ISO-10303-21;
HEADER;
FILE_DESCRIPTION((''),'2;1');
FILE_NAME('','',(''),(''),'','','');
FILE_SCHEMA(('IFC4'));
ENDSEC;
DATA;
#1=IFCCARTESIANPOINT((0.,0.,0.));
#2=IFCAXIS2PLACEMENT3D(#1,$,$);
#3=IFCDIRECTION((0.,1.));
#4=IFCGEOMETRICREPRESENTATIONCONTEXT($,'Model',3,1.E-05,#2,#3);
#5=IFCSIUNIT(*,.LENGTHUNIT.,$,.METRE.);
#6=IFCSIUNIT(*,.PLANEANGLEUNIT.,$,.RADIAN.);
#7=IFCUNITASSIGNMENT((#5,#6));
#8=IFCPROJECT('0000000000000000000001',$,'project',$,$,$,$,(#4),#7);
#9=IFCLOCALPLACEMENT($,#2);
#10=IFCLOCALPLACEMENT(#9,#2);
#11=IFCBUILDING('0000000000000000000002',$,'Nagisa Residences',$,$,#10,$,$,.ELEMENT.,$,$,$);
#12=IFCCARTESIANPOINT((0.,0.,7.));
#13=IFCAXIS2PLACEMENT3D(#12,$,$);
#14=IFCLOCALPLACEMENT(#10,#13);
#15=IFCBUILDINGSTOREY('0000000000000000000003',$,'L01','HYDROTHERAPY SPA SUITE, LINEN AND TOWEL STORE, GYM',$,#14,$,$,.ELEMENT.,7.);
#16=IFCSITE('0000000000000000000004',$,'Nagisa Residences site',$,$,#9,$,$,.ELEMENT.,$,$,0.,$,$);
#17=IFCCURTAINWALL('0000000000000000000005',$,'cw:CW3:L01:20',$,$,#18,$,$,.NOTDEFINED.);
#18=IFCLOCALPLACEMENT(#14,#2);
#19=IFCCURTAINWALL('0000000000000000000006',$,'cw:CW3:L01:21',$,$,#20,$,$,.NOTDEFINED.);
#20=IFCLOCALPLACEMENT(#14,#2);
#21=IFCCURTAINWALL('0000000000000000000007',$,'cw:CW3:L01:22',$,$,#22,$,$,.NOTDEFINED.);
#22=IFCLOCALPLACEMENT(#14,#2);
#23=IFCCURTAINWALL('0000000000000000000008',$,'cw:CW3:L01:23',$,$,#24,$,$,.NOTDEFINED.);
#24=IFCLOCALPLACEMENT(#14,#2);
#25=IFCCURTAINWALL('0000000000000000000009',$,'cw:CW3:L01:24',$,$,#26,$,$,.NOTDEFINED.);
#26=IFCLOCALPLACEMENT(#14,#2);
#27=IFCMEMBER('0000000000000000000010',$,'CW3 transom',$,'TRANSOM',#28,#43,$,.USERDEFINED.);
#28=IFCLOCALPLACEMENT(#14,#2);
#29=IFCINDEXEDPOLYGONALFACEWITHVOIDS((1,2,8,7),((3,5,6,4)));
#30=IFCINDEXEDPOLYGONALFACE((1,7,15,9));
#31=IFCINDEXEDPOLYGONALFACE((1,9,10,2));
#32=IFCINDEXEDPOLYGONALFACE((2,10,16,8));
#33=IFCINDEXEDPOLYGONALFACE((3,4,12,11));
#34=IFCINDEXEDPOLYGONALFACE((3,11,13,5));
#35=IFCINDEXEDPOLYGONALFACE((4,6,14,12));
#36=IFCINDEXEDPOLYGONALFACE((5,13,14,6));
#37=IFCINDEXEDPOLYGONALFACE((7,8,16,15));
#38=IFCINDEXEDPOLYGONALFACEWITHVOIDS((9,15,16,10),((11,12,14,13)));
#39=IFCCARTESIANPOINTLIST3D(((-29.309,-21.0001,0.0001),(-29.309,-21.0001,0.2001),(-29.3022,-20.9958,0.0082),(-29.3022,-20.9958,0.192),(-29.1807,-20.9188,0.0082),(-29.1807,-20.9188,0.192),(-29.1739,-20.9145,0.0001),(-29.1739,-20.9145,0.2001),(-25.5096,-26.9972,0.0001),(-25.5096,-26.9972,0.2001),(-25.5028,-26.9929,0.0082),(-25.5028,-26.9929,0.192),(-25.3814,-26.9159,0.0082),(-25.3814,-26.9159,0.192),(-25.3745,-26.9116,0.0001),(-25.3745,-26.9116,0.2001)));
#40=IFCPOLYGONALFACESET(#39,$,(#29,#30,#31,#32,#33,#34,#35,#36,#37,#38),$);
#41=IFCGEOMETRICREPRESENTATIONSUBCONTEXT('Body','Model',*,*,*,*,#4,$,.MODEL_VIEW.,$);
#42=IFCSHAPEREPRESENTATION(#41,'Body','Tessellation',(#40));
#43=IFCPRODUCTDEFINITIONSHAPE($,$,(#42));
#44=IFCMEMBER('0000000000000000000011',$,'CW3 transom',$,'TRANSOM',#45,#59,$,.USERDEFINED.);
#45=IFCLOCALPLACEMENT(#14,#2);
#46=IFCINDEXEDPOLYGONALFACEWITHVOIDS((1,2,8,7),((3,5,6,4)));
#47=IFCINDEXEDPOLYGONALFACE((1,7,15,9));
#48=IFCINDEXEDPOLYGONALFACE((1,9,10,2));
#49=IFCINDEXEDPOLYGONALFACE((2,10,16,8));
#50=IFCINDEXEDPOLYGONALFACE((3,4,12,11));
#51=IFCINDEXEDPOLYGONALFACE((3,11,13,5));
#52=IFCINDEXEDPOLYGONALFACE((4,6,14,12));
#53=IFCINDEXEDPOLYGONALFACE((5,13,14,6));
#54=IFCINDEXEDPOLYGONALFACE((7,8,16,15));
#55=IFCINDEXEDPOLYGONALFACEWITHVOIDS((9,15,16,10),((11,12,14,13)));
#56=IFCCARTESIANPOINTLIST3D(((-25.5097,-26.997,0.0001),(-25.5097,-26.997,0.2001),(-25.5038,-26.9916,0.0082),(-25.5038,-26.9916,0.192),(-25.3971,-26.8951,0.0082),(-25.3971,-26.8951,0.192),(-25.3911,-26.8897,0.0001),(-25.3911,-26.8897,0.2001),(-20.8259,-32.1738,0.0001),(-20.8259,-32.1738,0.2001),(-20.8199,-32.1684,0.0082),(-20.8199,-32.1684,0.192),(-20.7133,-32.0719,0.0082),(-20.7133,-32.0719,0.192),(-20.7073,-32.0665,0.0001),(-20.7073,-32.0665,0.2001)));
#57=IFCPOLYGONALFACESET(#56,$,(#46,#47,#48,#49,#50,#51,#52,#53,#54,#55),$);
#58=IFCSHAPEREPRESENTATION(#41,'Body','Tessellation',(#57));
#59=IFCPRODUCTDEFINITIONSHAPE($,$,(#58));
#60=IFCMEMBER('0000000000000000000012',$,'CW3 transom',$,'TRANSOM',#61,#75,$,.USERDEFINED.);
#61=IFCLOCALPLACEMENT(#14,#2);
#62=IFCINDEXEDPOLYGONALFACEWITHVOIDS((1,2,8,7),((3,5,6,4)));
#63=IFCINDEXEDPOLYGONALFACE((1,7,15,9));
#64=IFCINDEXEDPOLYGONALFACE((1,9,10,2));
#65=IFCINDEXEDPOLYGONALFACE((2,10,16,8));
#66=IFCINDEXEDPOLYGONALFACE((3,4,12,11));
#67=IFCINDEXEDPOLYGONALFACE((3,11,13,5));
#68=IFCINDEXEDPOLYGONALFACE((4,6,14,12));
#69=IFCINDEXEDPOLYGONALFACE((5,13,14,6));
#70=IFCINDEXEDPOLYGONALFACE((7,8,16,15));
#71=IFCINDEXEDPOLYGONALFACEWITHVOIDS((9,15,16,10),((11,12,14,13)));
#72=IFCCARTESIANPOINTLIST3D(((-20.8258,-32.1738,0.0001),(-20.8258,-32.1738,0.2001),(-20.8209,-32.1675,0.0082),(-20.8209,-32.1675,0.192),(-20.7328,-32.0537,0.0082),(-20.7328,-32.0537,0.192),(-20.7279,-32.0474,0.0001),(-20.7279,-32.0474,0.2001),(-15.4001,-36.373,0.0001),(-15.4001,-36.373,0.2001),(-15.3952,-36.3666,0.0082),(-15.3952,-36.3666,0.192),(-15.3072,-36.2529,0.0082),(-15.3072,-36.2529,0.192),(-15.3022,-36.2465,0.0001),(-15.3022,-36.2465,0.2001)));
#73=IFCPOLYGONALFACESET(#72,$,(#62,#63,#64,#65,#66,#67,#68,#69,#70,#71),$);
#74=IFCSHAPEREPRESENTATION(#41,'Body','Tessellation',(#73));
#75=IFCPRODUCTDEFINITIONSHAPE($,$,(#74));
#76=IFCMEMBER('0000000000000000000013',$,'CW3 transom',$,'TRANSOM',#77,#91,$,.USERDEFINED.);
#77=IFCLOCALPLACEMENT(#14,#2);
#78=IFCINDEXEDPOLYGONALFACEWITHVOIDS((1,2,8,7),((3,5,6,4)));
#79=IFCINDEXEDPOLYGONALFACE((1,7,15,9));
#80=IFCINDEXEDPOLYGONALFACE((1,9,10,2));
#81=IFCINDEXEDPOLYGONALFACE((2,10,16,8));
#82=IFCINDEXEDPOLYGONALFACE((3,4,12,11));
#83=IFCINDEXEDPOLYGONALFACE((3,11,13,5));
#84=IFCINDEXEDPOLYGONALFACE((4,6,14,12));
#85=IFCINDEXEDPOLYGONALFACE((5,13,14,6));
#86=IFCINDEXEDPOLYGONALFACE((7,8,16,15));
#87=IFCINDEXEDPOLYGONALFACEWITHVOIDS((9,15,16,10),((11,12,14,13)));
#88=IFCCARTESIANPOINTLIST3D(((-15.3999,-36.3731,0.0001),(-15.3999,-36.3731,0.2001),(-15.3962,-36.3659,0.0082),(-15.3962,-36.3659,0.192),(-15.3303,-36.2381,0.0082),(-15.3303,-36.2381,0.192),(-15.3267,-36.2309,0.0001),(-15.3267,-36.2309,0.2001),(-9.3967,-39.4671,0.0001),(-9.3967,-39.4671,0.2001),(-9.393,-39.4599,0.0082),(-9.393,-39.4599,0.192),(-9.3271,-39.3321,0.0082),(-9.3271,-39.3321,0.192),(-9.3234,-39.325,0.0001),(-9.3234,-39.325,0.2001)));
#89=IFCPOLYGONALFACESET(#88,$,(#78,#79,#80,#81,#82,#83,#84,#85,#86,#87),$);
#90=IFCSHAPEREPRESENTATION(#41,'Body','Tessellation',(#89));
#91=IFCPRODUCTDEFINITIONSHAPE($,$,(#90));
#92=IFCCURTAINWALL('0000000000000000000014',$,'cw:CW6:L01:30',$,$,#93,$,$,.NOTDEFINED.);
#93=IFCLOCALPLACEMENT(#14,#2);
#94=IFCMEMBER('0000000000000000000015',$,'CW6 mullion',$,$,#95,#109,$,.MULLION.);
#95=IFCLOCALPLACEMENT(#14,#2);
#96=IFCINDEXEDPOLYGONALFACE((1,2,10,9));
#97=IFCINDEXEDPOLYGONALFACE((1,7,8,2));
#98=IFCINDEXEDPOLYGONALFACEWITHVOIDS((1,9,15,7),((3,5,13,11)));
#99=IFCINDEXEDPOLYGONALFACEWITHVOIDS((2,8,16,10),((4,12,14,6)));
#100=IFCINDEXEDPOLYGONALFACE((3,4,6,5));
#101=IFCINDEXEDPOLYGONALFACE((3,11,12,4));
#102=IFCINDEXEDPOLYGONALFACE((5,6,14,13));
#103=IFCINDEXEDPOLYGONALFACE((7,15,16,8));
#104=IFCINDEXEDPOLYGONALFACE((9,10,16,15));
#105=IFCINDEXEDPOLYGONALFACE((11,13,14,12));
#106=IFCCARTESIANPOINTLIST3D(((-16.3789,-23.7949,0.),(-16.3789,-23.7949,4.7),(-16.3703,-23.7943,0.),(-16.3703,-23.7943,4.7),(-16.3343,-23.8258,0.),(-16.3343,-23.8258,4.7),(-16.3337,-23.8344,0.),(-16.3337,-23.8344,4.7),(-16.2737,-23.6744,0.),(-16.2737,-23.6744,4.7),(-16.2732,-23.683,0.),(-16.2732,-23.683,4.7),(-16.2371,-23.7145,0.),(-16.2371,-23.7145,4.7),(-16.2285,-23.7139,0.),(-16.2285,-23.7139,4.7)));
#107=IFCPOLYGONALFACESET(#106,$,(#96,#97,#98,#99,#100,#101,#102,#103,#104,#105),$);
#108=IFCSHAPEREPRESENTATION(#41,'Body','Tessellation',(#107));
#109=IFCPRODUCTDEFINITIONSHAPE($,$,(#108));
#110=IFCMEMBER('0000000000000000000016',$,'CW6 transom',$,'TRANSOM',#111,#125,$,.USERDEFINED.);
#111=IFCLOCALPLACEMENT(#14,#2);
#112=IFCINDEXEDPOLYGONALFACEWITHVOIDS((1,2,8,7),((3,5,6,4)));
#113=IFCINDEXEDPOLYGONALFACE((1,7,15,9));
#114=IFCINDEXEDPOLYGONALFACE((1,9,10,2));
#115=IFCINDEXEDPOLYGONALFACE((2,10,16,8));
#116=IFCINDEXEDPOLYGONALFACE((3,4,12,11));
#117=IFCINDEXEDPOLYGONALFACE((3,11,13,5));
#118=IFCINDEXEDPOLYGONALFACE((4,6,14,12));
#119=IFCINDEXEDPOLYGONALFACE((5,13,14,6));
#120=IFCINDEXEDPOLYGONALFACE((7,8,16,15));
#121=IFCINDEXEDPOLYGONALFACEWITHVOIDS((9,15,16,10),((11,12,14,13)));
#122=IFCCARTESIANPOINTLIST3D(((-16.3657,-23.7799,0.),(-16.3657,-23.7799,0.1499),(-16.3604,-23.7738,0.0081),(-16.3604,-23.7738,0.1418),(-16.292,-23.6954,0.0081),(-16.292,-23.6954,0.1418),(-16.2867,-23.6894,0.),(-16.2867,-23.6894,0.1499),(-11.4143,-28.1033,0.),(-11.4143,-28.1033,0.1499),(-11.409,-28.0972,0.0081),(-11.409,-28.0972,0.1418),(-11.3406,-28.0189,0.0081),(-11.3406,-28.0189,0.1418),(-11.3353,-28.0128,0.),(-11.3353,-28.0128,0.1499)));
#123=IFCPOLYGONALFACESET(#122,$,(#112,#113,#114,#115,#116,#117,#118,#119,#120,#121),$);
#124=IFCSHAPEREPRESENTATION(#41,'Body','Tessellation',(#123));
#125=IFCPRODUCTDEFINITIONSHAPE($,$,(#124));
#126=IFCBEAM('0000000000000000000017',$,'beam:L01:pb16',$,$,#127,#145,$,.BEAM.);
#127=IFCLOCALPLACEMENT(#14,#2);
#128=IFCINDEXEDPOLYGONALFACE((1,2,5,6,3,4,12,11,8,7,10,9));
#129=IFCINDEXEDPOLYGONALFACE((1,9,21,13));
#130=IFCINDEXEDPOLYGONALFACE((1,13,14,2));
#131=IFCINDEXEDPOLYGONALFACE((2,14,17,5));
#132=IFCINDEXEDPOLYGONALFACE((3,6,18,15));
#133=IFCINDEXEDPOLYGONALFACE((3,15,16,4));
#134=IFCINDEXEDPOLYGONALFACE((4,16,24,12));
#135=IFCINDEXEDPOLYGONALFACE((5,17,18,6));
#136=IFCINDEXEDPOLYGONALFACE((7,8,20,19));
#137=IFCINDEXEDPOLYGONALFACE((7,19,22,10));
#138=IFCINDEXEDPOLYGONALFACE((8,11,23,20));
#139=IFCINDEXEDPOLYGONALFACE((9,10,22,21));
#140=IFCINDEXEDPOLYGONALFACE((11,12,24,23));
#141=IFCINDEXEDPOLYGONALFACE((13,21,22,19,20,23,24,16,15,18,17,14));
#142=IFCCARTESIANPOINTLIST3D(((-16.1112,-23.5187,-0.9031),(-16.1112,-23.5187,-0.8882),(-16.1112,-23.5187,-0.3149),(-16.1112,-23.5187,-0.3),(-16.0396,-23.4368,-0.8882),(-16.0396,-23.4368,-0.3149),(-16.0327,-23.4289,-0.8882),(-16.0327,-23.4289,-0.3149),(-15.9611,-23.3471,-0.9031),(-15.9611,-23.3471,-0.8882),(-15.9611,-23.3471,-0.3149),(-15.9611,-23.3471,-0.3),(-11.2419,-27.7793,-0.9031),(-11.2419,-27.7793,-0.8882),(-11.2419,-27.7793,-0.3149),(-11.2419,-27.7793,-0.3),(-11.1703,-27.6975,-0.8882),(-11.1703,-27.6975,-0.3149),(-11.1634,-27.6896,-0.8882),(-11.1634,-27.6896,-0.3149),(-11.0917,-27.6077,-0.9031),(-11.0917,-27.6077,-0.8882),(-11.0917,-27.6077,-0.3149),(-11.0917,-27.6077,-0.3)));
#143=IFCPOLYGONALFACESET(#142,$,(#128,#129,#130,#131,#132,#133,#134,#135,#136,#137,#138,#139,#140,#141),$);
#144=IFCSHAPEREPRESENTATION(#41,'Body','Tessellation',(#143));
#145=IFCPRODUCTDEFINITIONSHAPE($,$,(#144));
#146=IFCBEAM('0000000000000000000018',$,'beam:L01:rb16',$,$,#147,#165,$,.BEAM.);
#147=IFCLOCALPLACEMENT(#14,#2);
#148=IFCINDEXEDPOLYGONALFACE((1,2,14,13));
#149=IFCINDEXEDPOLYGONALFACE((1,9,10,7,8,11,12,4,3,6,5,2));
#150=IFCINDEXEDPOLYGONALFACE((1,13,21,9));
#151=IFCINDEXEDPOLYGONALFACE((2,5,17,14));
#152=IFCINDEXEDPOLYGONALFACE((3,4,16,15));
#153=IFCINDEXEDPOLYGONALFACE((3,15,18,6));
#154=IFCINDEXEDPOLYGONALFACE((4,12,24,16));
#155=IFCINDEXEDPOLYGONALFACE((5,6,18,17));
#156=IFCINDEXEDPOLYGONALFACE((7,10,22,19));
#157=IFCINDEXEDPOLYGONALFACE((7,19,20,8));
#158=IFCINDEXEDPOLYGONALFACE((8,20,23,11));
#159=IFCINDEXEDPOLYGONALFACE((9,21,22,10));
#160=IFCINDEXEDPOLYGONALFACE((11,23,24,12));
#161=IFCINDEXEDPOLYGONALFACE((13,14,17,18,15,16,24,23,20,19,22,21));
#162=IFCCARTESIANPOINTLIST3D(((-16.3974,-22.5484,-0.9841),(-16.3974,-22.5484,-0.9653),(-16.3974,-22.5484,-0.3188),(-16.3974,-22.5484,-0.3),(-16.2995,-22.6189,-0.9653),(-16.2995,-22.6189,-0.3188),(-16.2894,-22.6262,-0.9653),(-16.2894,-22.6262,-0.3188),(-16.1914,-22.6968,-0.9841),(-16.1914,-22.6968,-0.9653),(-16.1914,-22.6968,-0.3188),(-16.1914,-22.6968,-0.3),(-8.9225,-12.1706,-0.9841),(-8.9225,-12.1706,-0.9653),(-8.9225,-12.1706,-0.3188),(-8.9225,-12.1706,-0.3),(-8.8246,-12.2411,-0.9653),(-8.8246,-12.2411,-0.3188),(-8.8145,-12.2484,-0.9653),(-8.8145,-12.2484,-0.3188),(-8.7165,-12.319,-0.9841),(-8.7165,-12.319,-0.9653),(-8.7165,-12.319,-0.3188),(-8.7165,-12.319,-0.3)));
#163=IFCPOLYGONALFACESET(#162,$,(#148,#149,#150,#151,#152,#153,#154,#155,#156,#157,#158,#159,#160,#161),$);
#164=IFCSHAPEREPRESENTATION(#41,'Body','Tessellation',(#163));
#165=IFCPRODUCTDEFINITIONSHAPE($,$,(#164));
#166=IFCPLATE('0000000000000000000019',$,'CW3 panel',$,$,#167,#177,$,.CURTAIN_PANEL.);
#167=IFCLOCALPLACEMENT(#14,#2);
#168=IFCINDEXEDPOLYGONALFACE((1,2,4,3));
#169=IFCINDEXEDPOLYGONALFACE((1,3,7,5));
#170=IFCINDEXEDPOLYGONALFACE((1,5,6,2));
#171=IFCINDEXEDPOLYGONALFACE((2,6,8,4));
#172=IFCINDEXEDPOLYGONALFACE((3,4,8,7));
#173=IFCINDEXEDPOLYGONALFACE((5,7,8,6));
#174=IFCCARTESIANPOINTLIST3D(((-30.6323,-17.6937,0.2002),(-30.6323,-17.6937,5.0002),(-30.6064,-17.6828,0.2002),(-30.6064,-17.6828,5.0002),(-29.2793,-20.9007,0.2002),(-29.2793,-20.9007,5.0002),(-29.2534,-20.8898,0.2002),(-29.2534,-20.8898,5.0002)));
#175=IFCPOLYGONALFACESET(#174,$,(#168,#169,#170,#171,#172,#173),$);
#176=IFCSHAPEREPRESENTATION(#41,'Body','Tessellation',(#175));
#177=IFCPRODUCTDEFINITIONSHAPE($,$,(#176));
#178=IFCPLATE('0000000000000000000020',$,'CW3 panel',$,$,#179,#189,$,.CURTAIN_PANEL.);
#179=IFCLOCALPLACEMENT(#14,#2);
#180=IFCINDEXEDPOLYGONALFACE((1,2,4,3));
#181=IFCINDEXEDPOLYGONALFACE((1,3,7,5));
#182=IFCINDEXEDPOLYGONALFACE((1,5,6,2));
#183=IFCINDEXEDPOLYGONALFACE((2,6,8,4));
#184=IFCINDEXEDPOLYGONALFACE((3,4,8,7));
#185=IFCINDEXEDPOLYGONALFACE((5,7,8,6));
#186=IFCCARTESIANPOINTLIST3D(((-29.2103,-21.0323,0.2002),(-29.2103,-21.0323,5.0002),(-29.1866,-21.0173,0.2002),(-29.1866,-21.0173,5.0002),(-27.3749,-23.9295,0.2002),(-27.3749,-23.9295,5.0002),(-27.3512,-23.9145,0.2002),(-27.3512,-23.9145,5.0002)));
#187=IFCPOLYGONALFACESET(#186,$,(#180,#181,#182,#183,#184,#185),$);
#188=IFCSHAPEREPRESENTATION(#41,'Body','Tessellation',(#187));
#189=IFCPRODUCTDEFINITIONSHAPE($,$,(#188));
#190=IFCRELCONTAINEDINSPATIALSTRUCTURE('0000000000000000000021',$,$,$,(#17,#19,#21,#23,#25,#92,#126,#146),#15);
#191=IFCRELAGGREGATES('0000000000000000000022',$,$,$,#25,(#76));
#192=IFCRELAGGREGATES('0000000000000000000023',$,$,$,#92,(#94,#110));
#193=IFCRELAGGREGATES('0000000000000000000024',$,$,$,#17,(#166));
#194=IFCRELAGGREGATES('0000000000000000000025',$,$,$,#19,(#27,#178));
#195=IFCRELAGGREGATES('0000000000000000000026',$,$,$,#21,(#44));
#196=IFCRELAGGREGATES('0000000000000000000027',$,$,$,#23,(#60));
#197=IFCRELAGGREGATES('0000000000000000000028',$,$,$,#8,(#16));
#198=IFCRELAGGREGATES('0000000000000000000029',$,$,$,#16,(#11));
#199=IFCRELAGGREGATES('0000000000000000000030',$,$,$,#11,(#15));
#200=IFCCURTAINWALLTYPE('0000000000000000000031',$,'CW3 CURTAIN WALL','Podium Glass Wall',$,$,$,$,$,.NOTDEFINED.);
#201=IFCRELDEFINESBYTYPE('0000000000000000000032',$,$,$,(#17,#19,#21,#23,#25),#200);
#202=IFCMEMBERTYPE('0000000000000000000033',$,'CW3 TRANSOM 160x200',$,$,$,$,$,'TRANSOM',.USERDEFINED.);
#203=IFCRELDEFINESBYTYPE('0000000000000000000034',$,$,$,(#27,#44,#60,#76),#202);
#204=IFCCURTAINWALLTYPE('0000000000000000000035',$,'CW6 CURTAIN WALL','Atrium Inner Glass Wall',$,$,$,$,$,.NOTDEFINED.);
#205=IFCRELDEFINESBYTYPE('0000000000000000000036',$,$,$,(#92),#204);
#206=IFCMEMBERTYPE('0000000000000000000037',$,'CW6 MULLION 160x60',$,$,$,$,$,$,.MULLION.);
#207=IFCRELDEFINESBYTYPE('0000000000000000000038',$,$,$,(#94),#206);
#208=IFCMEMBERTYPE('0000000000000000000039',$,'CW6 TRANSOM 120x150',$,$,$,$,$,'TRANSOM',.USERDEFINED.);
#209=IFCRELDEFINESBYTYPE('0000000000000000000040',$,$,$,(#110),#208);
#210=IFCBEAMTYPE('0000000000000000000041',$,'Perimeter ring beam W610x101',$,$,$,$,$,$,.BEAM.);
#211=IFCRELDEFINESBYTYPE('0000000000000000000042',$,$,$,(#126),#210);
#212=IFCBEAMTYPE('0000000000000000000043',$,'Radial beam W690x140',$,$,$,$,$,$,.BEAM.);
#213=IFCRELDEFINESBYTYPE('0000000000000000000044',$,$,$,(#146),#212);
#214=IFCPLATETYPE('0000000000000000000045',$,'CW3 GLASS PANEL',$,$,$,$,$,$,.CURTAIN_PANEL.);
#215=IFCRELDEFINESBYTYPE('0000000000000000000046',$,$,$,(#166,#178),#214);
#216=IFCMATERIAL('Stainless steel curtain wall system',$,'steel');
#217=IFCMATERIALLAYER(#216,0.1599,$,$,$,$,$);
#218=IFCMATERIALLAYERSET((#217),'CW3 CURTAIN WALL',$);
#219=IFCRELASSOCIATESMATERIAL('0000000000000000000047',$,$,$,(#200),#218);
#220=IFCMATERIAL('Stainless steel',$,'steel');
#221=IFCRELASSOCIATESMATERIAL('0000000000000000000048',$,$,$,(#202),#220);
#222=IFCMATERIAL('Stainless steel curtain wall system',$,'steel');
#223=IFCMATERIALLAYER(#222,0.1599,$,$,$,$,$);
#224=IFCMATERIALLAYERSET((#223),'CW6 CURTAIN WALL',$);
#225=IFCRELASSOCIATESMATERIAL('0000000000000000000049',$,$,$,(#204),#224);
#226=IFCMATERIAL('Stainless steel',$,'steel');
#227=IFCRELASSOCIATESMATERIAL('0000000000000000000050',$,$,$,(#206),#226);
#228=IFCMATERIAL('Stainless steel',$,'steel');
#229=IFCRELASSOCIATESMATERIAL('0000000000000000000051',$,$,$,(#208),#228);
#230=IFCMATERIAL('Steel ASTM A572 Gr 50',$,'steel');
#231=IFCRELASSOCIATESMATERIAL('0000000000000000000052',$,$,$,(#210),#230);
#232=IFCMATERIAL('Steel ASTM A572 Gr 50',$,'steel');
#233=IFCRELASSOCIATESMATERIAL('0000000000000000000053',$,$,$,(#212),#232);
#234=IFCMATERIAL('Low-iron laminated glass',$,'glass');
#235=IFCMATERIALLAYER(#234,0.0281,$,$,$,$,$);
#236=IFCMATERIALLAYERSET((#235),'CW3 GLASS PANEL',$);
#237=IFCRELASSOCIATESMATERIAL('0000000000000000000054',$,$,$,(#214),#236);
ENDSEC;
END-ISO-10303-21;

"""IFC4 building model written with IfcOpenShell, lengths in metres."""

from ifc_helpers import new_model, si_unit, direction, frame, origin, origin_2d, place, context, subcontext, project, spatial, rectangle, hollow_rectangle, i_section, extrude, material, layer, layer_set, material_profile, profile_set, type_object, element, aggregate, save


model = new_model("IFC4")

# Units and contexts
model_context = context("Model", 3, precision=1e-05, world=origin(), true_north=direction((0.0, 1.0)))
body_context = subcontext(model_context, "Body", "Model", "MODEL_VIEW")
ifc_project = project(units=[si_unit("LENGTHUNIT", "METRE"), si_unit("PLANEANGLEUNIT", "RADIAN")], contexts=[model_context])

# Site, building, storey
site_placement = place(None, origin())
site = spatial("IfcSite", under=ifc_project, at=site_placement, Name="Nagisa Residences site", CompositionType="ELEMENT", RefElevation=0.0)
building_placement = place(site_placement, origin())
building = spatial("IfcBuilding", under=site, at=building_placement, Name="Nagisa Residences", CompositionType="ELEMENT")
storey_placement = place(building_placement, frame((0.0, 0.0, 7.0)))
storey = spatial("IfcBuildingStorey", under=building, at=storey_placement, Name="L01", Description="HYDROTHERAPY SPA SUITE, LINEN AND TOWEL STORE, GYM", CompositionType="ELEMENT", Elevation=7.0)

# Curtain walls
ifc_material_1 = material(Name="Stainless steel curtain wall system", Category="steel")
ifc_layer_1 = layer(ifc_material_1, 0.1599)
ifc_layer_set_1 = layer_set([ifc_layer_1], Name="CW3 CURTAIN WALL")
curtain_wall_type_1 = type_object("IfcCurtainWallType", Name="CW3 CURTAIN WALL", Description="Podium Glass Wall", PredefinedType="NOTDEFINED", material=ifc_layer_set_1)
curtain_wall_1_placement = place(storey_placement, origin())
curtain_wall_1 = element("IfcCurtainWall", 1, at=curtain_wall_1_placement, inside=storey, type_object=curtain_wall_type_1, Name="cw:CW3:L01:20", PredefinedType="NOTDEFINED")
curtain_wall_2_placement = place(storey_placement, origin())
curtain_wall_2 = element("IfcCurtainWall", 2, at=curtain_wall_2_placement, inside=storey, type_object=curtain_wall_type_1, Name="cw:CW3:L01:21", PredefinedType="NOTDEFINED")
curtain_wall_3_placement = place(storey_placement, origin())
curtain_wall_3 = element("IfcCurtainWall", 3, at=curtain_wall_3_placement, inside=storey, type_object=curtain_wall_type_1, Name="cw:CW3:L01:22", PredefinedType="NOTDEFINED")
curtain_wall_4_placement = place(storey_placement, origin())
curtain_wall_4 = element("IfcCurtainWall", 4, at=curtain_wall_4_placement, inside=storey, type_object=curtain_wall_type_1, Name="cw:CW3:L01:23", PredefinedType="NOTDEFINED")

# Curtain wall
curtain_wall_5_placement = place(storey_placement, origin())
curtain_wall_5 = element("IfcCurtainWall", 5, at=curtain_wall_5_placement, inside=storey, type_object=curtain_wall_type_1, Name="cw:CW3:L01:24", PredefinedType="NOTDEFINED")

# Members
ifc_material_2 = material(Name="Stainless steel", Category="steel")
ifc_material_profile_1 = material_profile(ifc_material_2, hollow_rectangle(XDim=0.1599, YDim=0.2, WallThickness=0.0081, at=origin_2d()), Name="CW3 TRANSOM 160x200")
ifc_profile_set_1 = profile_set([ifc_material_profile_1], Name="Stainless steel")
member_type_1 = type_object("IfcMemberType", Name="CW3 TRANSOM 160x200", ElementType="TRANSOM", PredefinedType="USERDEFINED", material=ifc_profile_set_1)
member_1_placement = place(storey_placement, frame((-29.2415, -20.9573, 0.1001), z_axis=(0.53517, -0.844744, 0.0), x_axis=(0.844744, 0.53517, 0.0)))
member_1 = element("IfcMember", 6, at=member_1_placement, type_object=member_type_1, Name="CW3 transom", ObjectType="TRANSOM", PredefinedType="USERDEFINED", context=body_context, shape_type="SweptSolid", body=[
    extrude(hollow_rectangle(XDim=0.1599, YDim=0.2, WallThickness=0.0081, at=origin_2d()), origin(), (0.0, 0.0, 1.0), 7.0994),
])
member_2_placement = place(storey_placement, frame((-25.4504, -26.9434, 0.1001), z_axis=(0.670922, -0.741528, 0.0), x_axis=(0.741528, 0.670922, 0.0)))
member_2 = element("IfcMember", 7, at=member_2_placement, type_object=member_type_1, Name="CW3 transom", ObjectType="TRANSOM", PredefinedType="USERDEFINED", context=body_context, shape_type="SweptSolid", body=[
    extrude(hollow_rectangle(XDim=0.1599, YDim=0.2, WallThickness=0.0081, at=origin_2d()), origin(), (0.0, 0.0, 1.0), 6.9812),
])
member_3_placement = place(storey_placement, frame((-20.7769, -32.1106, 0.1001), z_axis=(0.790821, -0.612047, 0.0), x_axis=(0.612047, 0.790821, 0.0)))
member_3 = element("IfcMember", 8, at=member_3_placement, type_object=member_type_1, Name="CW3 transom", ObjectType="TRANSOM", PredefinedType="USERDEFINED", context=body_context, shape_type="SweptSolid", body=[
    extrude(hollow_rectangle(XDim=0.1599, YDim=0.2, WallThickness=0.0081, at=origin_2d()), origin(), (0.0, 0.0, 1.0), 6.8608),
])
member_4_placement = place(storey_placement, frame((-15.3633, -36.302, 0.1001), z_axis=(0.888887, -0.458126, 0.0), x_axis=(0.458126, 0.888887, 0.0)))
member_4 = element("IfcMember", 9, at=member_4_placement, type_object=member_type_1, Name="CW3 transom", ObjectType="TRANSOM", PredefinedType="USERDEFINED", context=body_context, shape_type="SweptSolid", body=[
    extrude(hollow_rectangle(XDim=0.1599, YDim=0.2, WallThickness=0.0081, at=origin_2d()), origin(), (0.0, 0.0, 1.0), 6.7537),
])
aggregate(curtain_wall_5, [member_4])

# Curtain wall, members
ifc_material_3 = material(Name="Stainless steel curtain wall system", Category="steel")
ifc_layer_2 = layer(ifc_material_3, 0.1599)
ifc_layer_set_2 = layer_set([ifc_layer_2], Name="CW6 CURTAIN WALL")
curtain_wall_type_2 = type_object("IfcCurtainWallType", Name="CW6 CURTAIN WALL", Description="Atrium Inner Glass Wall", PredefinedType="NOTDEFINED", material=ifc_layer_set_2)
curtain_wall_6_placement = place(storey_placement, origin())
curtain_wall_6 = element("IfcCurtainWall", 10, at=curtain_wall_6_placement, inside=storey, type_object=curtain_wall_type_2, Name="cw:CW6:L01:30", PredefinedType="NOTDEFINED")
ifc_material_4 = material(Name="Stainless steel", Category="steel")
ifc_material_profile_2 = material_profile(ifc_material_4, hollow_rectangle(XDim=0.1599, YDim=0.0601, WallThickness=0.0061, at=origin_2d()), Name="CW6 MULLION 160x60")
ifc_profile_set_2 = profile_set([ifc_material_profile_2], Name="Stainless steel")
member_type_2 = type_object("IfcMemberType", Name="CW6 MULLION 160x60", PredefinedType="MULLION", material=ifc_profile_set_2)
member_5_placement = place(storey_placement, frame((-16.3037, -23.7544, 0.0), z_axis=(0.0, 0.0, 1.0), x_axis=(0.657721, 0.753261, 0.0)))
member_5 = element("IfcMember", 11, at=member_5_placement, type_object=member_type_2, Name="CW6 mullion", PredefinedType="MULLION", context=body_context, shape_type="SweptSolid", body=[
    extrude(hollow_rectangle(XDim=0.1599, YDim=0.0601, WallThickness=0.0061, at=origin_2d()), origin(), (0.0, 0.0, 1.0), 4.7),
])
ifc_material_5 = material(Name="Stainless steel", Category="steel")
ifc_material_profile_3 = material_profile(ifc_material_5, hollow_rectangle(XDim=0.1201, YDim=0.1499, WallThickness=0.0081, at=origin_2d()), Name="CW6 TRANSOM 120x150")
ifc_profile_set_3 = profile_set([ifc_material_profile_3], Name="Stainless steel")
member_type_3 = type_object("IfcMemberType", Name="CW6 TRANSOM 120x150", ElementType="TRANSOM", PredefinedType="USERDEFINED", material=ifc_profile_set_3)
member_6_placement = place(storey_placement, frame((-16.3262, -23.7346, 0.075), z_axis=(0.753255, -0.657729, 0.0), x_axis=(0.657729, 0.753255, 0.0)))
member_6 = element("IfcMember", 12, at=member_6_placement, type_object=member_type_3, Name="CW6 transom", ObjectType="TRANSOM", PredefinedType="USERDEFINED", context=body_context, shape_type="SweptSolid", body=[
    extrude(hollow_rectangle(XDim=0.1201, YDim=0.1499, WallThickness=0.0081, at=origin_2d()), origin(), (0.0, 0.0, 1.0), 6.5732),
])
aggregate(curtain_wall_6, [member_5, member_6])

# Beams
ifc_material_6 = material(Name="Steel ASTM A572 Gr 50", Category="steel")
ifc_material_profile_4 = material_profile(ifc_material_6, i_section(OverallWidth=0.228, OverallDepth=0.603, WebThickness=0.0105, FlangeThickness=0.0149, at=origin_2d()), Name="W610x101")
ifc_profile_set_4 = profile_set([ifc_material_profile_4], Name="Steel ASTM A572 Gr 50")
beam_type_1 = type_object("IfcBeamType", Name="Perimeter ring beam W610x101", PredefinedType="BEAM", material=ifc_profile_set_4)
beam_1_placement = place(storey_placement, frame((-16.0361, -23.4329, -0.6016), z_axis=(0.752574, -0.658507, 0.0), x_axis=(0.658507, 0.752574, 0.0)))
element("IfcBeam", 13, at=beam_1_placement, inside=storey, type_object=beam_type_1, Name="beam:L01:pb16", PredefinedType="BEAM", context=body_context, shape_type="SweptSolid", body=[
    extrude(i_section(OverallWidth=0.228, OverallDepth=0.603, WebThickness=0.0105, FlangeThickness=0.0149, at=origin_2d()), origin(), (0.0, 0.0, 1.0), 6.4702),
])
ifc_material_7 = material(Name="Steel ASTM A572 Gr 50", Category="steel")
ifc_material_profile_5 = material_profile(ifc_material_7, i_section(OverallWidth=0.2539, OverallDepth=0.6841, WebThickness=0.0125, FlangeThickness=0.0188, at=origin_2d()), Name="W690x140")
ifc_profile_set_5 = profile_set([ifc_material_profile_5], Name="Steel ASTM A572 Gr 50")
beam_type_2 = type_object("IfcBeamType", Name="Radial beam W690x140", PredefinedType="BEAM", material=ifc_profile_set_5)
beam_2_placement = place(storey_placement, frame((-16.2944, -22.6226, -0.6421), z_axis=(0.584455, 0.811426, 0.0), x_axis=(-0.811426, 0.584455, 0.0)))
element("IfcBeam", 14, at=beam_2_placement, inside=storey, type_object=beam_type_2, Name="beam:L01:rb16", PredefinedType="BEAM", context=body_context, shape_type="SweptSolid", body=[
    extrude(i_section(OverallWidth=0.2539, OverallDepth=0.6841, WebThickness=0.0125, FlangeThickness=0.0188, at=origin_2d()), origin(), (0.0, 0.0, 1.0), 12.7896),
])

# Plates
ifc_material_8 = material(Name="Low-iron laminated glass", Category="glass")
ifc_layer_3 = layer(ifc_material_8, 0.0281)
ifc_layer_set_3 = layer_set([ifc_layer_3], Name="CW3 GLASS PANEL")
plate_type_1 = type_object("IfcPlateType", Name="CW3 GLASS PANEL", PredefinedType="CURTAIN_PANEL", material=ifc_layer_set_3)
plate_1_placement = place(storey_placement, frame((-29.9429, -19.2917, 0.2002), z_axis=(0.0, 0.0, 1.0), x_axis=(0.388718, -0.921357, 0.0)))
plate_1 = element("IfcPlate", 15, at=plate_1_placement, type_object=plate_type_1, Name="CW3 panel", PredefinedType="CURTAIN_PANEL", context=body_context, shape_type="SweptSolid", body=[
    extrude(rectangle(XDim=3.4807, YDim=0.0281, at=origin_2d()), origin(), (0.0, 0.0, 1.0), 4.8),
])
aggregate(curtain_wall_1, [plate_1])
plate_2_placement = place(storey_placement, frame((-28.2808, -22.4734, 0.2002), z_axis=(0.0, 0.0, 1.0), x_axis=(0.535165, -0.844747, 0.0)))
plate_2 = element("IfcPlate", 16, at=plate_2_placement, type_object=plate_type_1, Name="CW3 panel", PredefinedType="CURTAIN_PANEL", context=body_context, shape_type="SweptSolid", body=[
    extrude(rectangle(XDim=3.4297, YDim=0.0281, at=origin_2d()), origin(), (0.0, 0.0, 1.0), 4.8),
])
aggregate(curtain_wall_2, [member_1, plate_2])
aggregate(curtain_wall_3, [member_2])
aggregate(curtain_wall_4, [member_3])

save(model, "model.ifc")
